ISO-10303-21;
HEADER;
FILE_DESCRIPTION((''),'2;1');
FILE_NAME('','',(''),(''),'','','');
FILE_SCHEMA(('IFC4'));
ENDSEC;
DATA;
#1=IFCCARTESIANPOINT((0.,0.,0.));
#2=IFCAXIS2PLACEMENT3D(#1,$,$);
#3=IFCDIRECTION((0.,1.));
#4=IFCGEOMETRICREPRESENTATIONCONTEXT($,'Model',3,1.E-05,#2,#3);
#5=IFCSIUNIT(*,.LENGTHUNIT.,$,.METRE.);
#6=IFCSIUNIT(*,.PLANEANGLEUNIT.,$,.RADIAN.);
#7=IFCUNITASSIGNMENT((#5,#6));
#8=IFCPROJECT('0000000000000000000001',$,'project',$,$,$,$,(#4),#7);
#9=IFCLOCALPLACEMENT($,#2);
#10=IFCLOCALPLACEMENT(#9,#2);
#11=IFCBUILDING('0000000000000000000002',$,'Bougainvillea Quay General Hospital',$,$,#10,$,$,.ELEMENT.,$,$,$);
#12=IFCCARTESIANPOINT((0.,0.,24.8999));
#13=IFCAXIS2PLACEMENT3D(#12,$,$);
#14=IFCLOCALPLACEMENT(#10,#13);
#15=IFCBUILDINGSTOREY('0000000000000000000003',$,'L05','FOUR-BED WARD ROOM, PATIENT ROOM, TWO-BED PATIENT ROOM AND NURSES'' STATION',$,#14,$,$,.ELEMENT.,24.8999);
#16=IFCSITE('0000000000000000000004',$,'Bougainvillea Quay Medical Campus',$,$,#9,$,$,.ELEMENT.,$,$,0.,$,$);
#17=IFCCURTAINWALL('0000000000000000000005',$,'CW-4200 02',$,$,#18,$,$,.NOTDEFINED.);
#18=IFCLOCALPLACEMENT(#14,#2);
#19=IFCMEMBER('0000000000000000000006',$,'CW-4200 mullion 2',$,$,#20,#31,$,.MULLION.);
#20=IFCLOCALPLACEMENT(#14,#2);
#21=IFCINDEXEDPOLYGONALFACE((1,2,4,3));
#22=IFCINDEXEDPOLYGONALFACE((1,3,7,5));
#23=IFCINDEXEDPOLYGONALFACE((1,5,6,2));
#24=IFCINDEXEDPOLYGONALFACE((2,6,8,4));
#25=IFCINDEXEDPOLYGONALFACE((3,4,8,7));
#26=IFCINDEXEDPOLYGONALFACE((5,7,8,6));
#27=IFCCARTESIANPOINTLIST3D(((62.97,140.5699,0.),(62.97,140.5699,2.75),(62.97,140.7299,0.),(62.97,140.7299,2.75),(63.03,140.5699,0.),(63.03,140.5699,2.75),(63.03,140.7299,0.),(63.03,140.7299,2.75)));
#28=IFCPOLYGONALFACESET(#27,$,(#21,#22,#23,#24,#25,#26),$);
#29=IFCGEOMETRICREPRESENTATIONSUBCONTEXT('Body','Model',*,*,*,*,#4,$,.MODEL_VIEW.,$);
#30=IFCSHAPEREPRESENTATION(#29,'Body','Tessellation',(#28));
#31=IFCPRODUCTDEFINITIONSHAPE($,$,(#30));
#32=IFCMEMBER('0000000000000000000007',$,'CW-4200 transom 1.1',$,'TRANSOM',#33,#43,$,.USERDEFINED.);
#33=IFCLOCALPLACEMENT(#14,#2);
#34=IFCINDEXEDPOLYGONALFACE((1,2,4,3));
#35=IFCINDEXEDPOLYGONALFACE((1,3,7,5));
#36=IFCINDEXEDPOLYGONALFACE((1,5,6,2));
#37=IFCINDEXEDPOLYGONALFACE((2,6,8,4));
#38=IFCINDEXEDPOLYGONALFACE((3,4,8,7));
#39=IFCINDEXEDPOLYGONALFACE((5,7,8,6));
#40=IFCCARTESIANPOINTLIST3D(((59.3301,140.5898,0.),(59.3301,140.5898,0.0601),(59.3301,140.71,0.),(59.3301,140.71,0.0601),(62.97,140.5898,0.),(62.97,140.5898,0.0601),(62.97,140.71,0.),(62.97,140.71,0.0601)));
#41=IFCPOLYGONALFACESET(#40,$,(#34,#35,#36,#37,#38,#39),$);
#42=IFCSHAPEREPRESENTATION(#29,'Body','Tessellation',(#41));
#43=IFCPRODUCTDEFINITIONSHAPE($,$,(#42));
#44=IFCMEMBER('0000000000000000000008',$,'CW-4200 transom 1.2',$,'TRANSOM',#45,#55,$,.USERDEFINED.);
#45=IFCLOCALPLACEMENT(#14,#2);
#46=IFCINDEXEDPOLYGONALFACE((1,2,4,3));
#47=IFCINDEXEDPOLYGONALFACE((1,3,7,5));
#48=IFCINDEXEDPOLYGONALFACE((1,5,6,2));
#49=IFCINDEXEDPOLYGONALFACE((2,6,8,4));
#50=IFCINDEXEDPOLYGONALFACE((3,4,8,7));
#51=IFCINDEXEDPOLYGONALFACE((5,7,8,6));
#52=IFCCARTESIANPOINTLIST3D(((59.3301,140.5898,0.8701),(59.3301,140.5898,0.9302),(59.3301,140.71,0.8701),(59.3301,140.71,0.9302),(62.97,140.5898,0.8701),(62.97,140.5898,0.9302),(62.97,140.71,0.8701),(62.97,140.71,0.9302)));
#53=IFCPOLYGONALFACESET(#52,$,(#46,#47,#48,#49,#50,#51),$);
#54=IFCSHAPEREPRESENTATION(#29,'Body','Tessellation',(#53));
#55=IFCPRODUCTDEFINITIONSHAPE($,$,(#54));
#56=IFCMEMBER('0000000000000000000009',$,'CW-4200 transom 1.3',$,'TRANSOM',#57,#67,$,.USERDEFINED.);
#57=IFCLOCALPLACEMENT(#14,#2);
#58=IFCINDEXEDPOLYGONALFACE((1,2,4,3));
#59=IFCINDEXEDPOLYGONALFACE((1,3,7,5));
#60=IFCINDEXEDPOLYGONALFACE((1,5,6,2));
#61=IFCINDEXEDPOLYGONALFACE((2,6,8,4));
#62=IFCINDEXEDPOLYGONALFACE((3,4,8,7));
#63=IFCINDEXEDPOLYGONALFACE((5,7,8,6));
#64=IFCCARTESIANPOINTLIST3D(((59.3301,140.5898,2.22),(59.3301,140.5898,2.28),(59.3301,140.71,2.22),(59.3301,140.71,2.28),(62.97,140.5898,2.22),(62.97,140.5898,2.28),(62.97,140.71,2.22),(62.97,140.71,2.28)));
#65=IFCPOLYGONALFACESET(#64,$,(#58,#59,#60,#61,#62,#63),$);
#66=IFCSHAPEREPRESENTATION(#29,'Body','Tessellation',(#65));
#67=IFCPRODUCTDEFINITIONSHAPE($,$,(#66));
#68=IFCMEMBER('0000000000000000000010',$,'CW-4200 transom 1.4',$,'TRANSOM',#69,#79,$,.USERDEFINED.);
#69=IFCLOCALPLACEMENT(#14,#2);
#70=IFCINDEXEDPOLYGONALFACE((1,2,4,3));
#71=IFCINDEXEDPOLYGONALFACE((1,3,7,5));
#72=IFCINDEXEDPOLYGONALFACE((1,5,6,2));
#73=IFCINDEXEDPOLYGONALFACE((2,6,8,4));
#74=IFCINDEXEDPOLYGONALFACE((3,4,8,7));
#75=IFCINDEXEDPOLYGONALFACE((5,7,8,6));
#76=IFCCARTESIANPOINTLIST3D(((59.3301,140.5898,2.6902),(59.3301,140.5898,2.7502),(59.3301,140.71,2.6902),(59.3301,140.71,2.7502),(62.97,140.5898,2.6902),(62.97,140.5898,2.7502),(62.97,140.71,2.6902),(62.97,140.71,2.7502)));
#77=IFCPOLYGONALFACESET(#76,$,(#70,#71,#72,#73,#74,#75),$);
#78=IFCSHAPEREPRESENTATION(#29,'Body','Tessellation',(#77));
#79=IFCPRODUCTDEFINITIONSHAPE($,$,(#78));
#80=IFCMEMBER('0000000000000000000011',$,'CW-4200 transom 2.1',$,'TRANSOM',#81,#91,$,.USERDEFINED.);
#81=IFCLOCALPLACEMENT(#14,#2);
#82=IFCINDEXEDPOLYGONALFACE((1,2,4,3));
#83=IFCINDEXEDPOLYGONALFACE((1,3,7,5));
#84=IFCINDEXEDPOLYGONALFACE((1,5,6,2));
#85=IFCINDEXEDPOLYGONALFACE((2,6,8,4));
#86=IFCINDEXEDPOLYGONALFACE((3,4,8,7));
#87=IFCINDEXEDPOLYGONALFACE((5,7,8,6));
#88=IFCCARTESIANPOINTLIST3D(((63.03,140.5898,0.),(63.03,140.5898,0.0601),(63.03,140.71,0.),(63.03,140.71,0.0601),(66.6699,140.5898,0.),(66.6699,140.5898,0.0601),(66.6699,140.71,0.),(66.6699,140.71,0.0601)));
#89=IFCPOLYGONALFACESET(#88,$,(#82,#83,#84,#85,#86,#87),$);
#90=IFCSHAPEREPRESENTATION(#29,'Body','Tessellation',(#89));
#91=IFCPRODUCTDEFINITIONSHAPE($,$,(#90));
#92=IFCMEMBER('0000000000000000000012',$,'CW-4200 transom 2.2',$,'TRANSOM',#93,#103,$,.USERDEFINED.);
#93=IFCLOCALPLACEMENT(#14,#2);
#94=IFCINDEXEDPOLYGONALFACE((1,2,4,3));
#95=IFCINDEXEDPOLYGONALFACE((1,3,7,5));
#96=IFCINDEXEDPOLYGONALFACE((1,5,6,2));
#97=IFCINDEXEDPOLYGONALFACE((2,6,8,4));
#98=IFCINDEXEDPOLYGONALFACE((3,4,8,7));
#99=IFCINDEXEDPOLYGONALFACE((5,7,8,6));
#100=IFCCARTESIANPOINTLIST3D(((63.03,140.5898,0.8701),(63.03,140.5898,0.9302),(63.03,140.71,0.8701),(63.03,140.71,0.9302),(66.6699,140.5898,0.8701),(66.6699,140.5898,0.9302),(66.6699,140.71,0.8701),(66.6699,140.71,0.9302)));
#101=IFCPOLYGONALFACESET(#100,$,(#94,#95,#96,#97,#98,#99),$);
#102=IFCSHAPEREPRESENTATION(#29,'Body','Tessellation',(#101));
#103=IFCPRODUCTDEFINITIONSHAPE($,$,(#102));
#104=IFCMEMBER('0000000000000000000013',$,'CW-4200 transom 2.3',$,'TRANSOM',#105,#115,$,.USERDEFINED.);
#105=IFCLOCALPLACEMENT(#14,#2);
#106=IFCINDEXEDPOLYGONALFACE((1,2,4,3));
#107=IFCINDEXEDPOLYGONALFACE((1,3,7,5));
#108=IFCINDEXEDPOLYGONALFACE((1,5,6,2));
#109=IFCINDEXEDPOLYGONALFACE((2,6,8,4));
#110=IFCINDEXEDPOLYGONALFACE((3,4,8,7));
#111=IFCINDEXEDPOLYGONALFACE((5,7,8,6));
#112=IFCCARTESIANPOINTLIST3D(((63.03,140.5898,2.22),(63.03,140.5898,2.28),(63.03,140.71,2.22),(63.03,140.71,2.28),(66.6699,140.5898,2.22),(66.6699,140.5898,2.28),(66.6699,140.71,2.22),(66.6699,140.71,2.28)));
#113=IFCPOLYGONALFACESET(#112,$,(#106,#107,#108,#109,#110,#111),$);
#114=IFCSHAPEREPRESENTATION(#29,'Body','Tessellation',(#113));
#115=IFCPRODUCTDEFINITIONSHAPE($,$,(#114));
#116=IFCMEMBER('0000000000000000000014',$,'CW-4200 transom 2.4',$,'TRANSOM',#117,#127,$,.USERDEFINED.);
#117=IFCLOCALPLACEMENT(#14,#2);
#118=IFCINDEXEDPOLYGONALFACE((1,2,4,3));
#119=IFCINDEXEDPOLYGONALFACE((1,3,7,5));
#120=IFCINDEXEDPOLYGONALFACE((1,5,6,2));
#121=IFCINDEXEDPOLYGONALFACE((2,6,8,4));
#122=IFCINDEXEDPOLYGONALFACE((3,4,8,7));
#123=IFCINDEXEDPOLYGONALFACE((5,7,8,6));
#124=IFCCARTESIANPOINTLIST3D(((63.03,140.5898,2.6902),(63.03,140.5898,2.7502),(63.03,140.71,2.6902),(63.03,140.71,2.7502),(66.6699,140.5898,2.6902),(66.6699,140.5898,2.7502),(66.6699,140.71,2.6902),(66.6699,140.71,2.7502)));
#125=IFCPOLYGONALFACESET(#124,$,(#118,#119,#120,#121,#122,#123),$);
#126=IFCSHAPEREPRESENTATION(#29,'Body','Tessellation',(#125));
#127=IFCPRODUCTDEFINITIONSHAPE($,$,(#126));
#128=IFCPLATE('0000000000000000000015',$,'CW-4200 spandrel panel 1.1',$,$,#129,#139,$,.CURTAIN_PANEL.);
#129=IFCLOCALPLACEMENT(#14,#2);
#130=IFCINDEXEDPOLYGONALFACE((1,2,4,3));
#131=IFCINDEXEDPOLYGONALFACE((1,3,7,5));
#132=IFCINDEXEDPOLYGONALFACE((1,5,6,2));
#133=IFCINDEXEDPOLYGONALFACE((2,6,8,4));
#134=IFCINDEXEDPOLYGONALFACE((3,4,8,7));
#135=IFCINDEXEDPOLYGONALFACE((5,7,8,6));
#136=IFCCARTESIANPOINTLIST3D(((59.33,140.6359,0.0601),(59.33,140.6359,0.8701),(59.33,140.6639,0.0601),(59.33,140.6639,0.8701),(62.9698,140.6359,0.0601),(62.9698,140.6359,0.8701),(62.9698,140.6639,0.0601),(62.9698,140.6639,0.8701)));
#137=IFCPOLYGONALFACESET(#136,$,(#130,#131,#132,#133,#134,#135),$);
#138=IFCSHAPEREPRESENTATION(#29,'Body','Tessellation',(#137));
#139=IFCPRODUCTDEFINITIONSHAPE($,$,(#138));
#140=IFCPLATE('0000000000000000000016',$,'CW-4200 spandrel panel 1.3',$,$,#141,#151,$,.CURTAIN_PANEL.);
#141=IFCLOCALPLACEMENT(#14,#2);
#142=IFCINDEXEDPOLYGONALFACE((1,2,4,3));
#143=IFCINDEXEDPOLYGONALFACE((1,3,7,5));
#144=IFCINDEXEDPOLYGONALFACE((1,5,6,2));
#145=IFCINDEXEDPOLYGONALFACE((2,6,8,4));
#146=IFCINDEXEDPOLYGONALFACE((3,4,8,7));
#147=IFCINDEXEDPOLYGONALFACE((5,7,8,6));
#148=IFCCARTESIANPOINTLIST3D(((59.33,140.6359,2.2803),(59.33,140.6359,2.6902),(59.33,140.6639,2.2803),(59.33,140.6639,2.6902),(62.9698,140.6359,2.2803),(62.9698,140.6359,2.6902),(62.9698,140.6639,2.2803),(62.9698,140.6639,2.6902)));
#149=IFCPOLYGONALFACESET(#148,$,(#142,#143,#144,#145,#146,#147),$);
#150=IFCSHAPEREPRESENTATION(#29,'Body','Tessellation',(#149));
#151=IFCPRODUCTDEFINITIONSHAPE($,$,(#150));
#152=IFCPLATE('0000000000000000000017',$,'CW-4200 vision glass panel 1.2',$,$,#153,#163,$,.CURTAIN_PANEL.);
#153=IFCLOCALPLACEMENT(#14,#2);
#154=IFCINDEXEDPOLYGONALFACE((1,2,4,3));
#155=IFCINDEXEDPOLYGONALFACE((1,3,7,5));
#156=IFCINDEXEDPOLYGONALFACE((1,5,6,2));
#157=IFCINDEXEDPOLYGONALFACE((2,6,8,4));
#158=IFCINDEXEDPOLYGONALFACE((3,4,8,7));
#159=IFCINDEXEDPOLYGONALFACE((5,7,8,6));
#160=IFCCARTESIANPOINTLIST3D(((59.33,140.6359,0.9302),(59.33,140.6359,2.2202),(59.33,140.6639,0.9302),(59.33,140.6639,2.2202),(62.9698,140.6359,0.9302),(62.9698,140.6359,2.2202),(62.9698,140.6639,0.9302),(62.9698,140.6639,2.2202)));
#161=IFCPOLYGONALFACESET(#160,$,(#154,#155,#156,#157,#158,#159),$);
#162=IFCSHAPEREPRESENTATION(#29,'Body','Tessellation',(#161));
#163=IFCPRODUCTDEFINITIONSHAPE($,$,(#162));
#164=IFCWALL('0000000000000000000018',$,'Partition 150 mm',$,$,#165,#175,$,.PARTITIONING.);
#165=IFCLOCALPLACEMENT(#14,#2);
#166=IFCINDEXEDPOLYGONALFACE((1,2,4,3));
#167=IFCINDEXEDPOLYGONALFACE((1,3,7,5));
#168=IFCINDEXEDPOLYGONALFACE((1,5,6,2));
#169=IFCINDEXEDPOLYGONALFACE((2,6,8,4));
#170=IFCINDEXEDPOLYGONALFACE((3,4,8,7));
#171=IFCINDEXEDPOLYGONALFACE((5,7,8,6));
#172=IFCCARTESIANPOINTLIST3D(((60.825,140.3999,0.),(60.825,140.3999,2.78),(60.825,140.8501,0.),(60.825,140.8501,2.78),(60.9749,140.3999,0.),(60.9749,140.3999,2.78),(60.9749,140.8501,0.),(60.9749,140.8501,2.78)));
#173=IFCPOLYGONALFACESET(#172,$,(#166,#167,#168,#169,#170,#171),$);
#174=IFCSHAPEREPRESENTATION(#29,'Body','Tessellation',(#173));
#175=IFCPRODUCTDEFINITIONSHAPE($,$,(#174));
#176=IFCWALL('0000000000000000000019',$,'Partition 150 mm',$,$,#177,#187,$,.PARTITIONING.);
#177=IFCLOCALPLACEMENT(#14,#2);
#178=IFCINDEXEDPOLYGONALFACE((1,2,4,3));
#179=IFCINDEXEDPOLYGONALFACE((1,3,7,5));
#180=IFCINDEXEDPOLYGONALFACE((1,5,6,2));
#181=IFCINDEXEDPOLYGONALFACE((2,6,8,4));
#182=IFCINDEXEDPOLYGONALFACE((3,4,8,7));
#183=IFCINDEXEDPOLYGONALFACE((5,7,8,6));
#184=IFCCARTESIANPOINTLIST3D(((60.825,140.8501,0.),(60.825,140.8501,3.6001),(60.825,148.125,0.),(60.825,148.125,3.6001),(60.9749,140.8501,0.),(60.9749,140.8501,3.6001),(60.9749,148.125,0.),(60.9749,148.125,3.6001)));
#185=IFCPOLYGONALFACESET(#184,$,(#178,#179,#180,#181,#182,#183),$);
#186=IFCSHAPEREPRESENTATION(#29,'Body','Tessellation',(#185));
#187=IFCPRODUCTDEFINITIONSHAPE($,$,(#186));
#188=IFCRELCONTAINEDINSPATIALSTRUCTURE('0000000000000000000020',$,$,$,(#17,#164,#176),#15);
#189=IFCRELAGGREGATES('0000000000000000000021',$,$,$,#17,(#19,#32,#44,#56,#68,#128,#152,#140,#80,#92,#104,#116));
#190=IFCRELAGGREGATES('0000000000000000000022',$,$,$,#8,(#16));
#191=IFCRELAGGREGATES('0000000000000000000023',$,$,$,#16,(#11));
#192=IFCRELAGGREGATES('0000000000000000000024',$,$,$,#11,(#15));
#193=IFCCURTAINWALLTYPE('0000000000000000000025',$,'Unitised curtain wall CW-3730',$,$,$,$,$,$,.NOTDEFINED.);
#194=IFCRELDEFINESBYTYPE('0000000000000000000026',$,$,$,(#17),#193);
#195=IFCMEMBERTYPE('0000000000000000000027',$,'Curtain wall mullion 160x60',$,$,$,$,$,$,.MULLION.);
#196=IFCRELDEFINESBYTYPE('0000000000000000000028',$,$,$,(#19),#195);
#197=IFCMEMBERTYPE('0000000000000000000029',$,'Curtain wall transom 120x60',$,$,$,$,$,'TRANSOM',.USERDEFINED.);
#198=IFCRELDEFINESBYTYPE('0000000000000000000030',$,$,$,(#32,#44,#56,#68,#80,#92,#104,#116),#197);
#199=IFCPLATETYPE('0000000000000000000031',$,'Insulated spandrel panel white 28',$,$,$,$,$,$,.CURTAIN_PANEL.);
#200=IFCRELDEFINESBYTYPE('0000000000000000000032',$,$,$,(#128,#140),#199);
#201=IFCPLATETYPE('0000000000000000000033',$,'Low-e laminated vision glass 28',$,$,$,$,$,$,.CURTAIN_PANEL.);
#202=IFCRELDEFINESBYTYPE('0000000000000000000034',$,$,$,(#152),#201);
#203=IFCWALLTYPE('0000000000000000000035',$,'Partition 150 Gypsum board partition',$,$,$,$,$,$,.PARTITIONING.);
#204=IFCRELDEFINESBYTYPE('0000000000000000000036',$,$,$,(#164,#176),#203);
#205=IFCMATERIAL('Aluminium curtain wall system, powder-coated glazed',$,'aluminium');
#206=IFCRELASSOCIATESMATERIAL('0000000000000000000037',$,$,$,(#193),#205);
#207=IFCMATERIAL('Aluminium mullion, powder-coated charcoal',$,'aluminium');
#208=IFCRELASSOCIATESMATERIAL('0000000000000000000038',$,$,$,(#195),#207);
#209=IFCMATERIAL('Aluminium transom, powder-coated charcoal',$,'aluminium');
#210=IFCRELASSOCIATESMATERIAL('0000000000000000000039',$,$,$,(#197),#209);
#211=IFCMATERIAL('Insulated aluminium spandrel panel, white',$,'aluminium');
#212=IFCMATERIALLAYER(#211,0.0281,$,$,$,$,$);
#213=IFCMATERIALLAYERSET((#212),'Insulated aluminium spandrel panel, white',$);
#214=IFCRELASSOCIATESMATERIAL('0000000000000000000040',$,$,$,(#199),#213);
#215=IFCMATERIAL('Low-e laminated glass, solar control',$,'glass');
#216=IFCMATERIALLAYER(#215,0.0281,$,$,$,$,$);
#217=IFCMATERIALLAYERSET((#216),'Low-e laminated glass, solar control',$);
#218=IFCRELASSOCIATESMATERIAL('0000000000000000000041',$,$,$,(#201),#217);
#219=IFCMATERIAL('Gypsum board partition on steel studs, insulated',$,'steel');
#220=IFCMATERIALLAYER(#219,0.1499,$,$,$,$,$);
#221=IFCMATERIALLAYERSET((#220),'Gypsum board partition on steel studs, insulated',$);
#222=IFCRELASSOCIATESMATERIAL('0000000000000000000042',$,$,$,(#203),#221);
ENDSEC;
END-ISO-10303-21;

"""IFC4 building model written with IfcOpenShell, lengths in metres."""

from ifc_helpers import new_model, si_unit, direction, frame, frame_2d, origin, origin_2d, place, context, subcontext, project, spatial, rectangle, extrude, material, layer, layer_set, material_profile, profile_set, type_object, element, aggregate, save


model = new_model("IFC4")

# Units and contexts
model_context = context("Model", 3, precision=1e-05, world=origin(), true_north=direction((0.0, 1.0)))
body_context = subcontext(model_context, "Body", "Model", "MODEL_VIEW")
ifc_project = project(units=[si_unit("LENGTHUNIT", "METRE"), si_unit("PLANEANGLEUNIT", "RADIAN")], contexts=[model_context])

# Site, building, storey
site_placement = place(None, origin())
site = spatial("IfcSite", under=ifc_project, at=site_placement, Name="Bougainvillea Quay Medical Campus", CompositionType="ELEMENT", RefElevation=0.0)
building_placement = place(site_placement, origin())
building = spatial("IfcBuilding", under=site, at=building_placement, Name="Bougainvillea Quay General Hospital", CompositionType="ELEMENT")
storey_placement = place(building_placement, frame((0.0, 0.0, 24.8999)))
storey = spatial("IfcBuildingStorey", under=building, at=storey_placement, Name="L05", Description="FOUR-BED WARD ROOM, PATIENT ROOM, TWO-BED PATIENT ROOM AND NURSES' STATION", CompositionType="ELEMENT", Elevation=24.8999)

# Curtain wall, members, plates
ifc_material_1 = material(Name="Aluminium curtain wall system, powder-coated glazed", Category="aluminium")
curtain_wall_type = type_object("IfcCurtainWallType", Name="Unitised curtain wall CW-3730", PredefinedType="NOTDEFINED", material=ifc_material_1)
curtain_wall_placement = place(storey_placement, origin())
curtain_wall = element("IfcCurtainWall", 1, at=curtain_wall_placement, inside=storey, type_object=curtain_wall_type, Name="CW-4200 02", PredefinedType="NOTDEFINED")
ifc_material_2 = material(Name="Aluminium mullion, powder-coated charcoal", Category="aluminium")
ifc_material_profile_1 = material_profile(ifc_material_2, rectangle(XDim=0.1599, YDim=0.0601, at=origin_2d()))
ifc_profile_set_1 = profile_set([ifc_material_profile_1], Name="Aluminium mullion, powder-coated charcoal")
member_type_1 = type_object("IfcMemberType", Name="Curtain wall mullion 160x60", PredefinedType="MULLION", material=ifc_profile_set_1)
member_1_placement = place(storey_placement, frame((63.0, 140.6499, 0.0), z_axis=(0.0, 0.0, 1.0), x_axis=(0.0, 1.0, 0.0)))
member_1 = element("IfcMember", 2, at=member_1_placement, type_object=member_type_1, Name="CW-4200 mullion 2", PredefinedType="MULLION", context=body_context, shape_type="SweptSolid", body=[
    extrude(rectangle(XDim=0.1599, YDim=0.0601, at=origin_2d()), origin(), (0.0, 0.0, 1.0), 2.75),
])
ifc_material_3 = material(Name="Aluminium transom, powder-coated charcoal", Category="aluminium")
ifc_material_profile_2 = material_profile(ifc_material_3, rectangle(XDim=0.1201, YDim=0.0601, at=origin_2d()))
ifc_profile_set_2 = profile_set([ifc_material_profile_2], Name="Aluminium transom, powder-coated charcoal")
member_type_2 = type_object("IfcMemberType", Name="Curtain wall transom 120x60", ElementType="TRANSOM", PredefinedType="USERDEFINED", material=ifc_profile_set_2)
member_2_placement = place(storey_placement, frame((59.3301, 140.6499, 0.03), z_axis=(1.0, 0.0, 0.0), x_axis=(0.0, 1.0, 0.0)))
member_2 = element("IfcMember", 3, at=member_2_placement, type_object=member_type_2, Name="CW-4200 transom 1.1", ObjectType="TRANSOM", PredefinedType="USERDEFINED", context=body_context, shape_type="SweptSolid", body=[
    extrude(rectangle(XDim=0.1201, YDim=0.0601, at=origin_2d()), origin(), (0.0, 0.0, 1.0), 3.6399),
])
member_3_placement = place(storey_placement, frame((59.3301, 140.6499, 0.9001), z_axis=(1.0, 0.0, 0.0), x_axis=(0.0, 1.0, 0.0)))
member_3 = element("IfcMember", 4, at=member_3_placement, type_object=member_type_2, Name="CW-4200 transom 1.2", ObjectType="TRANSOM", PredefinedType="USERDEFINED", context=body_context, shape_type="SweptSolid", body=[
    extrude(rectangle(XDim=0.1201, YDim=0.0601, at=origin_2d()), origin(), (0.0, 0.0, 1.0), 3.6399),
])
member_4_placement = place(storey_placement, frame((59.3301, 140.6499, 2.25), z_axis=(1.0, 0.0, 0.0), x_axis=(0.0, 1.0, 0.0)))
member_4 = element("IfcMember", 5, at=member_4_placement, type_object=member_type_2, Name="CW-4200 transom 1.3", ObjectType="TRANSOM", PredefinedType="USERDEFINED", context=body_context, shape_type="SweptSolid", body=[
    extrude(rectangle(XDim=0.1201, YDim=0.0601, at=origin_2d()), origin(), (0.0, 0.0, 1.0), 3.6399),
])
member_5_placement = place(storey_placement, frame((59.3301, 140.6499, 2.7202), z_axis=(1.0, 0.0, 0.0), x_axis=(0.0, 1.0, 0.0)))
member_5 = element("IfcMember", 6, at=member_5_placement, type_object=member_type_2, Name="CW-4200 transom 1.4", ObjectType="TRANSOM", PredefinedType="USERDEFINED", context=body_context, shape_type="SweptSolid", body=[
    extrude(rectangle(XDim=0.1201, YDim=0.0601, at=origin_2d()), origin(), (0.0, 0.0, 1.0), 3.6399),
])
member_6_placement = place(storey_placement, frame((63.03, 140.6499, 0.03), z_axis=(1.0, 0.0, 0.0), x_axis=(0.0, 1.0, 0.0)))
member_6 = element("IfcMember", 7, at=member_6_placement, type_object=member_type_2, Name="CW-4200 transom 2.1", ObjectType="TRANSOM", PredefinedType="USERDEFINED", context=body_context, shape_type="SweptSolid", body=[
    extrude(rectangle(XDim=0.1201, YDim=0.0601, at=origin_2d()), origin(), (0.0, 0.0, 1.0), 3.6399),
])
member_7_placement = place(storey_placement, frame((63.03, 140.6499, 0.9001), z_axis=(1.0, 0.0, 0.0), x_axis=(0.0, 1.0, 0.0)))
member_7 = element("IfcMember", 8, at=member_7_placement, type_object=member_type_2, Name="CW-4200 transom 2.2", ObjectType="TRANSOM", PredefinedType="USERDEFINED", context=body_context, shape_type="SweptSolid", body=[
    extrude(rectangle(XDim=0.1201, YDim=0.0601, at=origin_2d()), origin(), (0.0, 0.0, 1.0), 3.6399),
])
member_8_placement = place(storey_placement, frame((63.03, 140.6499, 2.25), z_axis=(1.0, 0.0, 0.0), x_axis=(0.0, 1.0, 0.0)))
member_8 = element("IfcMember", 9, at=member_8_placement, type_object=member_type_2, Name="CW-4200 transom 2.3", ObjectType="TRANSOM", PredefinedType="USERDEFINED", context=body_context, shape_type="SweptSolid", body=[
    extrude(rectangle(XDim=0.1201, YDim=0.0601, at=origin_2d()), origin(), (0.0, 0.0, 1.0), 3.6399),
])
member_9_placement = place(storey_placement, frame((63.03, 140.6499, 2.7202), z_axis=(1.0, 0.0, 0.0), x_axis=(0.0, 1.0, 0.0)))
member_9 = element("IfcMember", 10, at=member_9_placement, type_object=member_type_2, Name="CW-4200 transom 2.4", ObjectType="TRANSOM", PredefinedType="USERDEFINED", context=body_context, shape_type="SweptSolid", body=[
    extrude(rectangle(XDim=0.1201, YDim=0.0601, at=origin_2d()), origin(), (0.0, 0.0, 1.0), 3.6399),
])
ifc_material_4 = material(Name="Insulated aluminium spandrel panel, white", Category="aluminium")
ifc_layer_1 = layer(ifc_material_4, 0.0281)
ifc_layer_set_1 = layer_set([ifc_layer_1], Name="Insulated aluminium spandrel panel, white")
plate_type_1 = type_object("IfcPlateType", Name="Insulated spandrel panel white 28", PredefinedType="CURTAIN_PANEL", material=ifc_layer_set_1)
plate_1_placement = place(storey_placement, frame((61.1499, 140.6499, 0.0601), z_axis=(0.0, 0.0, 1.0), x_axis=(1.0, 0.0, 0.0)))
plate_1 = element("IfcPlate", 11, at=plate_1_placement, type_object=plate_type_1, Name="CW-4200 spandrel panel 1.1", PredefinedType="CURTAIN_PANEL", context=body_context, shape_type="SweptSolid", body=[
    extrude(rectangle(XDim=3.6399, YDim=0.0281, at=origin_2d()), origin(), (0.0, 0.0, 1.0), 0.8101),
])
plate_2_placement = place(storey_placement, frame((61.1499, 140.6499, 2.2803), z_axis=(0.0, 0.0, 1.0), x_axis=(1.0, 0.0, 0.0)))
plate_2 = element("IfcPlate", 12, at=plate_2_placement, type_object=plate_type_1, Name="CW-4200 spandrel panel 1.3", PredefinedType="CURTAIN_PANEL", context=body_context, shape_type="SweptSolid", body=[
    extrude(rectangle(XDim=3.6399, YDim=0.0281, at=origin_2d()), origin(), (0.0, 0.0, 1.0), 0.4099),
])
ifc_material_5 = material(Name="Low-e laminated glass, solar control", Category="glass")
ifc_layer_2 = layer(ifc_material_5, 0.0281)
ifc_layer_set_2 = layer_set([ifc_layer_2], Name="Low-e laminated glass, solar control")
plate_type_2 = type_object("IfcPlateType", Name="Low-e laminated vision glass 28", PredefinedType="CURTAIN_PANEL", material=ifc_layer_set_2)
plate_3_placement = place(storey_placement, frame((61.1499, 140.6499, 0.9302), z_axis=(0.0, 0.0, 1.0), x_axis=(1.0, 0.0, 0.0)))
plate_3 = element("IfcPlate", 13, at=plate_3_placement, type_object=plate_type_2, Name="CW-4200 vision glass panel 1.2", PredefinedType="CURTAIN_PANEL", context=body_context, shape_type="SweptSolid", body=[
    extrude(rectangle(XDim=3.6399, YDim=0.0281, at=origin_2d()), origin(), (0.0, 0.0, 1.0), 1.29),
])
aggregate(curtain_wall, [member_1, member_2, member_3, member_4, member_5, plate_1, plate_3, plate_2, member_6, member_7, member_8, member_9])

# Walls
ifc_material_6 = material(Name="Gypsum board partition on steel studs, insulated", Category="steel")
ifc_layer_3 = layer(ifc_material_6, 0.1499)
ifc_layer_set_3 = layer_set([ifc_layer_3], Name="Gypsum board partition on steel studs, insulated")
wall_type = type_object("IfcWallType", Name="Partition 150 Gypsum board partition", PredefinedType="PARTITIONING", material=ifc_layer_set_3)
wall_1_placement = place(storey_placement, frame((60.8999, 140.3999, 0.0), z_axis=(0.0, 0.0, 1.0), x_axis=(0.0, 1.0, 0.0)))
element("IfcWall", 14, at=wall_1_placement, inside=storey, type_object=wall_type, Name="Partition 150 mm", PredefinedType="PARTITIONING", context=body_context, shape_type="SweptSolid", body=[
    extrude(rectangle(XDim=0.4502, YDim=0.1499, at=frame_2d((0.2251, 0.0))), origin(), (0.0, 0.0, 1.0), 2.78),
])
wall_2_placement = place(storey_placement, frame((60.8999, 140.8501, 0.0), z_axis=(0.0, 0.0, 1.0), x_axis=(0.0, 1.0, 0.0)))
element("IfcWall", 15, at=wall_2_placement, inside=storey, type_object=wall_type, Name="Partition 150 mm", PredefinedType="PARTITIONING", context=body_context, shape_type="SweptSolid", body=[
    extrude(rectangle(XDim=7.2749, YDim=0.1499, at=frame_2d((3.6375, 0.0))), origin(), (0.0, 0.0, 1.0), 3.6001),
])

save(model, "model.ifc")
